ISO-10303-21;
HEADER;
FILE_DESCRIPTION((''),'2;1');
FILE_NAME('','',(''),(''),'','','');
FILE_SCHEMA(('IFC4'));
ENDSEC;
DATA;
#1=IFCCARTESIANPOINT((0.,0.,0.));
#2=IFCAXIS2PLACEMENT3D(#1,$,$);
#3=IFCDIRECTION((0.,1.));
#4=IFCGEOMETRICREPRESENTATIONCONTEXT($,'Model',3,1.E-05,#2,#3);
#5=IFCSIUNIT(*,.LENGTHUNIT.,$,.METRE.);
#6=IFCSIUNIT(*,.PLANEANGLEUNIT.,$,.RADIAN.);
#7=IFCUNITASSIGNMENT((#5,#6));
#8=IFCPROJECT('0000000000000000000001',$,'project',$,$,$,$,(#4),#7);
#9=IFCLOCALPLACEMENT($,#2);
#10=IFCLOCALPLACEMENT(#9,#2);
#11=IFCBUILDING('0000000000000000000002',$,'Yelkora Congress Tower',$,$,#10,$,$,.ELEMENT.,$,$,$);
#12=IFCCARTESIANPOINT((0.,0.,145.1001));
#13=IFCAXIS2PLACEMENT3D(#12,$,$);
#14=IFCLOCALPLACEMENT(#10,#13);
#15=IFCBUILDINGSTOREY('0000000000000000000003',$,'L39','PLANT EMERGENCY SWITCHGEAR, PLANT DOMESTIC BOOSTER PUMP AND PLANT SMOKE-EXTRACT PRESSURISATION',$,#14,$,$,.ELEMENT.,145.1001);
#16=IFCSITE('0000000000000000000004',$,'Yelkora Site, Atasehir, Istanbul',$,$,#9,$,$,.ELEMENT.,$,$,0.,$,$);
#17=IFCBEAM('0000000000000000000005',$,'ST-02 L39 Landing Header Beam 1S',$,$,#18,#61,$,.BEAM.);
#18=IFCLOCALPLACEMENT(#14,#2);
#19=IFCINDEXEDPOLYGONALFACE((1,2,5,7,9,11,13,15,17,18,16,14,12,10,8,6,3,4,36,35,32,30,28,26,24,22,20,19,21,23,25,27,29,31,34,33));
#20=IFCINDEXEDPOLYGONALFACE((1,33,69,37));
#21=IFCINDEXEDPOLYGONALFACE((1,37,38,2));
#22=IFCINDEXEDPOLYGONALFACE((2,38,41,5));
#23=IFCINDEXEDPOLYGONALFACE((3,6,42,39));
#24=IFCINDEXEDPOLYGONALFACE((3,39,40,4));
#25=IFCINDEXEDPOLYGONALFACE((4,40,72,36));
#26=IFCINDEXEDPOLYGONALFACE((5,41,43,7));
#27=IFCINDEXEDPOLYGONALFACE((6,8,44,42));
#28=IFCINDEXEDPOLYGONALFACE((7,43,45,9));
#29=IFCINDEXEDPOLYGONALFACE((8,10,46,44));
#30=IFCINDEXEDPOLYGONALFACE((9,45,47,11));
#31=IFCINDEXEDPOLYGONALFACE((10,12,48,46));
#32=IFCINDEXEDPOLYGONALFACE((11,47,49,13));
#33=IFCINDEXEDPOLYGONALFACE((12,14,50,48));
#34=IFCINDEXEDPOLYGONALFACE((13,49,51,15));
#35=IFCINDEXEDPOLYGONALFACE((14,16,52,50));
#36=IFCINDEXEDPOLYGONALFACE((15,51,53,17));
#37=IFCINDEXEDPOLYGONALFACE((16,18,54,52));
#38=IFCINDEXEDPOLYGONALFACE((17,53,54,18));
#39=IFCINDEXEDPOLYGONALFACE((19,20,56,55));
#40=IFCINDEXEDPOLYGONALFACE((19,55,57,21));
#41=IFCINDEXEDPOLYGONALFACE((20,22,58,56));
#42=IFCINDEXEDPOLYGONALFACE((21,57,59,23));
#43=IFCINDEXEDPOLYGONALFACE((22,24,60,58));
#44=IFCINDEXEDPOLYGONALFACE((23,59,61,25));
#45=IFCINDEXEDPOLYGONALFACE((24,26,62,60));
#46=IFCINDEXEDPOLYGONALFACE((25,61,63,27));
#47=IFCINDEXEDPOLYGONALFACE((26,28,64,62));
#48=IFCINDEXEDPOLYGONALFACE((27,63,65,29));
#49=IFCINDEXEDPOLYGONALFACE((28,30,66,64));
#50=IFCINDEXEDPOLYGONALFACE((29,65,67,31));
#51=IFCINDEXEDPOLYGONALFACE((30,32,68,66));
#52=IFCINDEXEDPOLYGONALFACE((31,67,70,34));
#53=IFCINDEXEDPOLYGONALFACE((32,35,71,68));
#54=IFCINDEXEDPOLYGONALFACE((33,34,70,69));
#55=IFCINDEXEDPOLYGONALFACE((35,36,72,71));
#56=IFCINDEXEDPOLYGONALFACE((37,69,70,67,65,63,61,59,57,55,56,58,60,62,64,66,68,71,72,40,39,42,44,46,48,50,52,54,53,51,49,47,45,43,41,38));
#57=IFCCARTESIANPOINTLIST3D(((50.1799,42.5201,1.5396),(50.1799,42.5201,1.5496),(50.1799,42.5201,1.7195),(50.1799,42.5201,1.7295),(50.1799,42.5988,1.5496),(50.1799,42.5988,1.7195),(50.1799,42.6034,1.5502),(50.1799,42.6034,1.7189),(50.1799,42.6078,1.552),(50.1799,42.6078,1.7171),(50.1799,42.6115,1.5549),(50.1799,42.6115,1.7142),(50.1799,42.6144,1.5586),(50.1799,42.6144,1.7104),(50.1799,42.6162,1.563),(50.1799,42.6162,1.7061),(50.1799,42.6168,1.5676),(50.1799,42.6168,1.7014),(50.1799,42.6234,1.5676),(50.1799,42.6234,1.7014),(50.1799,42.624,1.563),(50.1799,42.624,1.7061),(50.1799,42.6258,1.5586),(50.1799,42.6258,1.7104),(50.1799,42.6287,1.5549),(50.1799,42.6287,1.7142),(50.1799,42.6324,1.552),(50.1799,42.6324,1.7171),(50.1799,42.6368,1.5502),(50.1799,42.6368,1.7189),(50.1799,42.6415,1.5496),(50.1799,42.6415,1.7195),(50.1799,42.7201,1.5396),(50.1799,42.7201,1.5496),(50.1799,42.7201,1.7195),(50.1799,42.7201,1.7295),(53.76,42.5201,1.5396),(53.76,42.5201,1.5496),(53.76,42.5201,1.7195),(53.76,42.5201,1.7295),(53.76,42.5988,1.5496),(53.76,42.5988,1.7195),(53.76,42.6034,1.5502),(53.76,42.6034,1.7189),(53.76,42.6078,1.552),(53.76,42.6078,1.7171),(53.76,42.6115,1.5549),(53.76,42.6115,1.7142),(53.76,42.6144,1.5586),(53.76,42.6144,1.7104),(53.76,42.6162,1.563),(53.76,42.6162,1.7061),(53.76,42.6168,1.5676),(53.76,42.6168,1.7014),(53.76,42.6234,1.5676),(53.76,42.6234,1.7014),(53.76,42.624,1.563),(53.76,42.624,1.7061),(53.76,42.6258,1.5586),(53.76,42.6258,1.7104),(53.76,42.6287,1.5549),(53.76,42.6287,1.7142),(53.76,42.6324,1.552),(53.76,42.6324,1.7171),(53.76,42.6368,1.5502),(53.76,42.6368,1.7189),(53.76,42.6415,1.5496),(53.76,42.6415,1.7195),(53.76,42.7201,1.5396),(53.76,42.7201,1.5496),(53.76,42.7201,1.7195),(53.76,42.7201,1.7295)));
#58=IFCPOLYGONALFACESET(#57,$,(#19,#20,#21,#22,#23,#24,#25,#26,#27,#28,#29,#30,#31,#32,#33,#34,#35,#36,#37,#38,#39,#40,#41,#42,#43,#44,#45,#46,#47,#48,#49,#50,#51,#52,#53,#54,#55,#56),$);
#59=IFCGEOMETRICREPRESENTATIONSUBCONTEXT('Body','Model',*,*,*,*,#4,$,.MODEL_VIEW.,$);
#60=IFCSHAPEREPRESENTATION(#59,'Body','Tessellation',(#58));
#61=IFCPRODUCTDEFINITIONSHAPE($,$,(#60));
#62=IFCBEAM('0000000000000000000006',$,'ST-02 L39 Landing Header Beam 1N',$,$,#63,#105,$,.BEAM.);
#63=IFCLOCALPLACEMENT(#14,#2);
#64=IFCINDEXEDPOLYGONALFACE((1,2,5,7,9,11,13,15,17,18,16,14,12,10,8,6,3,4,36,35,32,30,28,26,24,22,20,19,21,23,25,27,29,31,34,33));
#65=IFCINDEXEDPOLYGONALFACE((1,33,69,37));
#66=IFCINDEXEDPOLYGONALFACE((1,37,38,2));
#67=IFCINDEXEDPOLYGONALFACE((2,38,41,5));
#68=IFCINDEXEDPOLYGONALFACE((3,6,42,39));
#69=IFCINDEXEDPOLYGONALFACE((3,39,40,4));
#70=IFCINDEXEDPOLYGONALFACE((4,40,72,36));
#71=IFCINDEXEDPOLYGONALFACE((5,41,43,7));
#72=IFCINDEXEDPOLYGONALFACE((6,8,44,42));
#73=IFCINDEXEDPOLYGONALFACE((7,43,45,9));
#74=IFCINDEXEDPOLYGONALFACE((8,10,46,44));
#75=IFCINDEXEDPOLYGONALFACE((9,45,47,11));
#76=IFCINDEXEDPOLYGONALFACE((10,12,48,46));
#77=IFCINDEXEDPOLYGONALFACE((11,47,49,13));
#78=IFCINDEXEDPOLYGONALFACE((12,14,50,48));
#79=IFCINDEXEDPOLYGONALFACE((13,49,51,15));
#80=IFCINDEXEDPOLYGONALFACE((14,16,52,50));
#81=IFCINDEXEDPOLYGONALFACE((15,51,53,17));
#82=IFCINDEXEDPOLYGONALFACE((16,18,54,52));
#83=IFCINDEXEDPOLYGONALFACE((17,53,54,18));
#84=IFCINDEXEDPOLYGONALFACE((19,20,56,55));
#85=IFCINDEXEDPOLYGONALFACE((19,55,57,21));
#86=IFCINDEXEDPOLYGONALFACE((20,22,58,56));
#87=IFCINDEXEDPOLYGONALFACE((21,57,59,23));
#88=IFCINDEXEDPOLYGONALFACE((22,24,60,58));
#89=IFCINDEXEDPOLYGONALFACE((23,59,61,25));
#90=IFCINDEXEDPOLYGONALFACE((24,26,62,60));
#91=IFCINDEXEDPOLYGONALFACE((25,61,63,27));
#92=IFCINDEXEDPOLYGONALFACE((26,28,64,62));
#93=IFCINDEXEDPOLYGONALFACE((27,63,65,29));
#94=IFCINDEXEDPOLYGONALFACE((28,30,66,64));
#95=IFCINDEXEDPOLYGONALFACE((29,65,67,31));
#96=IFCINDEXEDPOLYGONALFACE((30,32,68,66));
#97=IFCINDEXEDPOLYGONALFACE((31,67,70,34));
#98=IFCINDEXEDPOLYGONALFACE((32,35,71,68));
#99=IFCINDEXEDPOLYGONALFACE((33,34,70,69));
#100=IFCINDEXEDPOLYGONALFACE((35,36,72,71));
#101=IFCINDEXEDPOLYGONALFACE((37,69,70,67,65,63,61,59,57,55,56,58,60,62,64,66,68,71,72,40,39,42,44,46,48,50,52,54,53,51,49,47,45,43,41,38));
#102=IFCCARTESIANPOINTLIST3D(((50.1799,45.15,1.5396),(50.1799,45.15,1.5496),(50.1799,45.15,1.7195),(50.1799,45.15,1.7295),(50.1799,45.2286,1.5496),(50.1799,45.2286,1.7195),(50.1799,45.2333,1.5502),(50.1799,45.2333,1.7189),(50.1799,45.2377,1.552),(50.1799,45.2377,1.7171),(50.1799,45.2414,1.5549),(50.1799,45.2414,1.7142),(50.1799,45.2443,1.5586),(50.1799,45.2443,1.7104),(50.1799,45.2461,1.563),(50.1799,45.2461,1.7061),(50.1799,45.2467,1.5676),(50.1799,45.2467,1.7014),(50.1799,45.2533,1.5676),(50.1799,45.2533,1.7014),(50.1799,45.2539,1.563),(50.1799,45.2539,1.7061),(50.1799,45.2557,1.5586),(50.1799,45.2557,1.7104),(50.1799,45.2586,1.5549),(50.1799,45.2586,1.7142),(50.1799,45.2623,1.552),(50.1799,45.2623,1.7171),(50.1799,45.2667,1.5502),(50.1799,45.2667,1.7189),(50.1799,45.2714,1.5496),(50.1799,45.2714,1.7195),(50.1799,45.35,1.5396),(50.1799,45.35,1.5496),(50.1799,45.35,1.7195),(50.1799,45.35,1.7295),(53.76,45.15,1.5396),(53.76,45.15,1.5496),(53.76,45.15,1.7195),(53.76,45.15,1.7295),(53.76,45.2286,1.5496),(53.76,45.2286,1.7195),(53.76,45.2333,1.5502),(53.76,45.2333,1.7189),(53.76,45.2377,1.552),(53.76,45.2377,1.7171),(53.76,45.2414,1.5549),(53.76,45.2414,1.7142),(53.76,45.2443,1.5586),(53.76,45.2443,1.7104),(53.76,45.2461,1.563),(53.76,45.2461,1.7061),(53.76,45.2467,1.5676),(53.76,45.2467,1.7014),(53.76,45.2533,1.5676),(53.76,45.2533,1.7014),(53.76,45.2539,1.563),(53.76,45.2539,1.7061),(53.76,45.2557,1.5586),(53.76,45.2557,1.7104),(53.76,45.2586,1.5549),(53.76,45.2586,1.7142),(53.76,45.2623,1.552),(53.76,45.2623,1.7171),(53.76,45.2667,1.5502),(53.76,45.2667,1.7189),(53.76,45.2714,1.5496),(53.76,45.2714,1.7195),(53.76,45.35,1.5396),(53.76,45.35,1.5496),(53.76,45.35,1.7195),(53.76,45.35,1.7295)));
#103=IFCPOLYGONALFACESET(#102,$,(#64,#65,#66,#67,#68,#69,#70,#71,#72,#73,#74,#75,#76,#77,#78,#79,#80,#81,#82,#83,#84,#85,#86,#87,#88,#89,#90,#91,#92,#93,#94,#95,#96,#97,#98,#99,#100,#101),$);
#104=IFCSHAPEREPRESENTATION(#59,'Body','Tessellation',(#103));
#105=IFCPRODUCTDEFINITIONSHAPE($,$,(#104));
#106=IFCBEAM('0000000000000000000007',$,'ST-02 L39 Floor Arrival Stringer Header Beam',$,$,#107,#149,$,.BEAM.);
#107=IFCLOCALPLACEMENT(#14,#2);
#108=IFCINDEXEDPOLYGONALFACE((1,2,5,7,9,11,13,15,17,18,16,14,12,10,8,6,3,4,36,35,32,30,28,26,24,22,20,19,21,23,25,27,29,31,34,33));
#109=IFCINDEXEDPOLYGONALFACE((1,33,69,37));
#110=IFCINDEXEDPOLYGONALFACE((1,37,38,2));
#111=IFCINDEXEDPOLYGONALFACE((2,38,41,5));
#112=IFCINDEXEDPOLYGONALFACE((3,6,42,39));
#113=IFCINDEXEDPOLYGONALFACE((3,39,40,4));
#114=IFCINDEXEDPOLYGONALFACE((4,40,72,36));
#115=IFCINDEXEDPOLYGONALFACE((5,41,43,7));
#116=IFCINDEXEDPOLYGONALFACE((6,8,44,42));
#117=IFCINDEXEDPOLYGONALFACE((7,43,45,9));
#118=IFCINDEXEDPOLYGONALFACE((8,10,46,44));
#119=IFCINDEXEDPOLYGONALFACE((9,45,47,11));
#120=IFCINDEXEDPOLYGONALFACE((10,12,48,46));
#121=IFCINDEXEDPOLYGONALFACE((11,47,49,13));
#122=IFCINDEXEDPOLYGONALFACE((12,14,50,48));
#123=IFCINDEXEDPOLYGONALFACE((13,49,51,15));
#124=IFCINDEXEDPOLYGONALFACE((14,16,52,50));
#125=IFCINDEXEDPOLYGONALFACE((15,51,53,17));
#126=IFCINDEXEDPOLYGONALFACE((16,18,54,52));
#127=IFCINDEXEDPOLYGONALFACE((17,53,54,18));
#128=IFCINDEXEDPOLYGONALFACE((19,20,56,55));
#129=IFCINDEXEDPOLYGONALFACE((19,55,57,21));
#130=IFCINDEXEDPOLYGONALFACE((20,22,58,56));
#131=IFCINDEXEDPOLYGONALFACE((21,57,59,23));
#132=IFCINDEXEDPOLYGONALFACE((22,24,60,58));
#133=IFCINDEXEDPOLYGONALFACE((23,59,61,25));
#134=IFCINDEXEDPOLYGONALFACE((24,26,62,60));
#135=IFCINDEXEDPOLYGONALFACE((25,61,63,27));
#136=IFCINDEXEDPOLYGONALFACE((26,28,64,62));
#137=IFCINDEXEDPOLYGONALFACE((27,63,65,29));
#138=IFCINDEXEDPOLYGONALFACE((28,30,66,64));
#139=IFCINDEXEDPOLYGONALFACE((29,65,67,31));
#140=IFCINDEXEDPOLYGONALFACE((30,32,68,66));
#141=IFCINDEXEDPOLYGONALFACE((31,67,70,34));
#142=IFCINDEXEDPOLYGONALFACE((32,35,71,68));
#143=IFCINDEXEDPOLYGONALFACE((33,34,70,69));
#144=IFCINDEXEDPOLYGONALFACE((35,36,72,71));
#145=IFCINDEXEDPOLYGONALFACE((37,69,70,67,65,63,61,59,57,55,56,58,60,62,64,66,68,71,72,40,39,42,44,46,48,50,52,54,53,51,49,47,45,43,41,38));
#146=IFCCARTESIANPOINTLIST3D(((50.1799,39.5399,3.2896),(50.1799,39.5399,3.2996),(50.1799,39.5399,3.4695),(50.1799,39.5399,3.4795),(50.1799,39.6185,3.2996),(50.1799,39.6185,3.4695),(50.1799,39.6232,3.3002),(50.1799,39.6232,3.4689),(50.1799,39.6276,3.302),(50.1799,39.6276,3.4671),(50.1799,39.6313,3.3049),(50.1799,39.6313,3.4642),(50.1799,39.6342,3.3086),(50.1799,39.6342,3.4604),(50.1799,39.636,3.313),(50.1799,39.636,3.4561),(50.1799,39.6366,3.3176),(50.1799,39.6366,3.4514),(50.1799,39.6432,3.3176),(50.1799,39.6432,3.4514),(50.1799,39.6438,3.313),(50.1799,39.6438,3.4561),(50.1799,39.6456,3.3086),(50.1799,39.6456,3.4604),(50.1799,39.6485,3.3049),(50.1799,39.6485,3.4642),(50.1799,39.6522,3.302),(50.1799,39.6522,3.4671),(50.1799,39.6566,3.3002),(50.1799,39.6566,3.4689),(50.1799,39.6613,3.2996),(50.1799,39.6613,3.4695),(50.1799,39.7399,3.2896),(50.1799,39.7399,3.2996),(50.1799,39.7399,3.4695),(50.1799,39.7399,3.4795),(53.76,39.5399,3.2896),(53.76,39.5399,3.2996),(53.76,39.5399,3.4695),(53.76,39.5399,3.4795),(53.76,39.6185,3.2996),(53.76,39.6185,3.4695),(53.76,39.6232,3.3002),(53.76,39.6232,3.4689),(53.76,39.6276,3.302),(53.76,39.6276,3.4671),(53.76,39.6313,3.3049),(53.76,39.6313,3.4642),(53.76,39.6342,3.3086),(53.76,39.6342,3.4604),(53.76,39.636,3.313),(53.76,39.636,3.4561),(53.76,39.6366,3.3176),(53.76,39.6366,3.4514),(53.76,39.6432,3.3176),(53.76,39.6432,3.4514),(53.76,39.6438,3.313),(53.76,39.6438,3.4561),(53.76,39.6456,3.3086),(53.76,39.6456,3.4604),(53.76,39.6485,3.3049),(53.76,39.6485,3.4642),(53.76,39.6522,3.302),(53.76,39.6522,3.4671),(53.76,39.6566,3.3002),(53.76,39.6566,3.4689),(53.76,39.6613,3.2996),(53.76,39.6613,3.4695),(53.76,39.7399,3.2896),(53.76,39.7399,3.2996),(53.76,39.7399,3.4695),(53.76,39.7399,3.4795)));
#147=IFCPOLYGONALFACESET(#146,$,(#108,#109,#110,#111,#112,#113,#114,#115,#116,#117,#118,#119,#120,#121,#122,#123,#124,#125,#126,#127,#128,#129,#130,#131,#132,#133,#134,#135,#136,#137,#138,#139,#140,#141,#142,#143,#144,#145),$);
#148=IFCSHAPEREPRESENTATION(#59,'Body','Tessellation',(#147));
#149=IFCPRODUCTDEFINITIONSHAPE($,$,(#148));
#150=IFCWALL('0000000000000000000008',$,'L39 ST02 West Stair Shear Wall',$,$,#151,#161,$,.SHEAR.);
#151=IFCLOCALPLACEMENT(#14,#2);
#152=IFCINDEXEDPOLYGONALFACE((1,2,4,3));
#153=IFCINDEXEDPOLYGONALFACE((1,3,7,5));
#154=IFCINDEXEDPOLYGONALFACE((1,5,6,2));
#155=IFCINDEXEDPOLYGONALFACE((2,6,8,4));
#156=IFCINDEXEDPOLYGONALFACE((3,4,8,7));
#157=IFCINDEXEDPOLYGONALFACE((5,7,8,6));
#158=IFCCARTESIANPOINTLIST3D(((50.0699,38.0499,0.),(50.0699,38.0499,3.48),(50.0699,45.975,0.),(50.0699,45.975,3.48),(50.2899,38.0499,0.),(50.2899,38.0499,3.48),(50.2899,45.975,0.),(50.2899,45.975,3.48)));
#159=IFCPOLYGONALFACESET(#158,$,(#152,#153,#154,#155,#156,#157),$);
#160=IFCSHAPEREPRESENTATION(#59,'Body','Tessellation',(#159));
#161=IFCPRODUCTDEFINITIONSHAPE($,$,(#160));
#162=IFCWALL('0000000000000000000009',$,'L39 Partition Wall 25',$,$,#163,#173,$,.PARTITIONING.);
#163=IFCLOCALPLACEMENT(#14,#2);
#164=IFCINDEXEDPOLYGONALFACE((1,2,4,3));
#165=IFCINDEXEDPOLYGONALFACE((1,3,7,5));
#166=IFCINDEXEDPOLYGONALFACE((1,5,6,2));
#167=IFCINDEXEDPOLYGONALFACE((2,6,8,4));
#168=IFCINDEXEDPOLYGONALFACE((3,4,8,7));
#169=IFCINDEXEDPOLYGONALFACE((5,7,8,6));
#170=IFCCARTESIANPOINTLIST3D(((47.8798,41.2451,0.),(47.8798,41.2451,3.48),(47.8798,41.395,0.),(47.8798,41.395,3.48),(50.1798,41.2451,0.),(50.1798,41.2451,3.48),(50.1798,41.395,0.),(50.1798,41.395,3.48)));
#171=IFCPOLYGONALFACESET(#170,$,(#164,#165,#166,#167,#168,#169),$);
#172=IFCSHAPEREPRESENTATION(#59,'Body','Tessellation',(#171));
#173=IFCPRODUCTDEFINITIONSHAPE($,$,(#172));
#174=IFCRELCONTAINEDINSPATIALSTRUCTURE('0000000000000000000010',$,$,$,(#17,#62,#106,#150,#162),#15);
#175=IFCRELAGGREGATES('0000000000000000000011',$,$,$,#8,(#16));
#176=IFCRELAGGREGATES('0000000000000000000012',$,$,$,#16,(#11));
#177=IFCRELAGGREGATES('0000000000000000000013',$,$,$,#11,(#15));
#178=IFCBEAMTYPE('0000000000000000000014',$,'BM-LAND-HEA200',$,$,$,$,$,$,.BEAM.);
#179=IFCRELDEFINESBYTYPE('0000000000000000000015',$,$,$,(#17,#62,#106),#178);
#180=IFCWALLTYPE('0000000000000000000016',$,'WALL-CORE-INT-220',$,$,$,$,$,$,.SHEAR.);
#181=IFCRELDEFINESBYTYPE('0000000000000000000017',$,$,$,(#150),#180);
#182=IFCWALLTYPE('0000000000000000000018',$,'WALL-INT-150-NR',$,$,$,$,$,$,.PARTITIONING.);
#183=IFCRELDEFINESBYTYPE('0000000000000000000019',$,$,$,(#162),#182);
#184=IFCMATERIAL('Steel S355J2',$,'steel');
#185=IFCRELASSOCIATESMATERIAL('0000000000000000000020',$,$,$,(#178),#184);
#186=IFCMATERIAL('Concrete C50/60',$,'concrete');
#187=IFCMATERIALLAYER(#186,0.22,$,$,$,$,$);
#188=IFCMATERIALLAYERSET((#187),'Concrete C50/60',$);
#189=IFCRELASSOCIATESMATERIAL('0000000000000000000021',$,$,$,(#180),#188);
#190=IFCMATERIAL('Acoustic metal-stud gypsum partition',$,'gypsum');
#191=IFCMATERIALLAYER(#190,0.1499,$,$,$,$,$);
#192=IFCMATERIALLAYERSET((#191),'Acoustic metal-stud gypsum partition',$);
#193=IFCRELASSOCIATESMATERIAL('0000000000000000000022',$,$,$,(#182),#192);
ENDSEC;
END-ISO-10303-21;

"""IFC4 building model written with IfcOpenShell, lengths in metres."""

from ifc_helpers import new_model, si_unit, direction, frame, frame_2d, origin, origin_2d, place, context, subcontext, project, spatial, rectangle, i_section, extrude, material, layer, layer_set, material_profile, profile_set, type_object, element, save


model = new_model("IFC4")

# Units and contexts
model_context = context("Model", 3, precision=1e-05, world=origin(), true_north=direction((0.0, 1.0)))
body_context = subcontext(model_context, "Body", "Model", "MODEL_VIEW")
ifc_project = project(units=[si_unit("LENGTHUNIT", "METRE"), si_unit("PLANEANGLEUNIT", "RADIAN")], contexts=[model_context])

# Site, building, storey
site_placement = place(None, origin())
site = spatial("IfcSite", under=ifc_project, at=site_placement, Name="Yelkora Site, Atasehir, Istanbul", CompositionType="ELEMENT", RefElevation=0.0)
building_placement = place(site_placement, origin())
building = spatial("IfcBuilding", under=site, at=building_placement, Name="Yelkora Congress Tower", CompositionType="ELEMENT")
storey_placement = place(building_placement, frame((0.0, 0.0, 145.1001)))
storey = spatial("IfcBuildingStorey", under=building, at=storey_placement, Name="L39", Description="PLANT EMERGENCY SWITCHGEAR, PLANT DOMESTIC BOOSTER PUMP AND PLANT SMOKE-EXTRACT PRESSURISATION", CompositionType="ELEMENT", Elevation=145.1001)

# Beams
ifc_material_1 = material(Name="Steel S355J2", Category="steel")
ifc_material_profile = material_profile(ifc_material_1, i_section(OverallWidth=0.2, OverallDepth=0.1899, WebThickness=0.0066, FlangeThickness=0.01, FilletRadius=0.0181, at=origin_2d()), Name="HEA 200")
ifc_profile_set = profile_set([ifc_material_profile], Name="Steel S355J2")
beam_type = type_object("IfcBeamType", Name="BM-LAND-HEA200", PredefinedType="BEAM", material=ifc_profile_set)
for number, where, z_axis, x_axis, name in (
    (1, (50.1799, 42.6201, 1.6345), (1.0, 0.0, 0.0), (0.0, 1.0, 0.0), "ST-02 L39 Landing Header Beam 1S"),
    (2, (50.1799, 45.25, 1.6345), (1.0, 0.0, 0.0), (0.0, 1.0, 0.0), "ST-02 L39 Landing Header Beam 1N"),
    (3, (50.1799, 39.6399, 3.3845), (1.0, 0.0, 0.0), (0.0, 1.0, 0.0), "ST-02 L39 Floor Arrival Stringer Header Beam"),
):
    element("IfcBeam", number, at=place(storey_placement, frame(where, z_axis=z_axis, x_axis=x_axis)), inside=storey, type_object=beam_type, Name=name, PredefinedType="BEAM", context=body_context, shape_type="SweptSolid", body=[
        extrude(i_section(OverallWidth=0.2, OverallDepth=0.1899, WebThickness=0.0066, FlangeThickness=0.01, FilletRadius=0.0181, at=origin_2d()), origin(), (0.0, 0.0, 1.0), 3.5801),
    ])

# Walls
ifc_material_2 = material(Name="Concrete C50/60", Category="concrete")
ifc_layer_1 = layer(ifc_material_2, 0.22)
ifc_layer_set_1 = layer_set([ifc_layer_1], Name="Concrete C50/60")
wall_type_1 = type_object("IfcWallType", Name="WALL-CORE-INT-220", PredefinedType="SHEAR", material=ifc_layer_set_1)
wall_1_placement = place(storey_placement, frame((50.1799, 38.05, 0.0), z_axis=(0.0, 0.0, 1.0), x_axis=(0.0, 1.0, 0.0)))
element("IfcWall", 4, at=wall_1_placement, inside=storey, type_object=wall_type_1, Name="L39 ST02 West Stair Shear Wall", PredefinedType="SHEAR", context=body_context, shape_type="SweptSolid", body=[
    extrude(rectangle(XDim=7.925, YDim=0.22, at=frame_2d((3.9624, 0.0))), origin(), (0.0, 0.0, 1.0), 3.48),
])
ifc_material_3 = material(Name="Acoustic metal-stud gypsum partition", Category="gypsum")
ifc_layer_2 = layer(ifc_material_3, 0.1499)
ifc_layer_set_2 = layer_set([ifc_layer_2], Name="Acoustic metal-stud gypsum partition")
wall_type_2 = type_object("IfcWallType", Name="WALL-INT-150-NR", PredefinedType="PARTITIONING", material=ifc_layer_set_2)
wall_2_placement = place(storey_placement, frame((47.8799, 41.3201, 0.0), z_axis=(0.0, 0.0, 1.0), x_axis=(1.0, 0.0, 0.0)))
element("IfcWall", 5, at=wall_2_placement, inside=storey, type_object=wall_type_2, Name="L39 Partition Wall 25", PredefinedType="PARTITIONING", context=body_context, shape_type="SweptSolid", body=[
    extrude(rectangle(XDim=2.3, YDim=0.1499, at=frame_2d((1.1499, 0.0))), origin(), (0.0, 0.0, 1.0), 3.48),
])

save(model, "model.ifc")
